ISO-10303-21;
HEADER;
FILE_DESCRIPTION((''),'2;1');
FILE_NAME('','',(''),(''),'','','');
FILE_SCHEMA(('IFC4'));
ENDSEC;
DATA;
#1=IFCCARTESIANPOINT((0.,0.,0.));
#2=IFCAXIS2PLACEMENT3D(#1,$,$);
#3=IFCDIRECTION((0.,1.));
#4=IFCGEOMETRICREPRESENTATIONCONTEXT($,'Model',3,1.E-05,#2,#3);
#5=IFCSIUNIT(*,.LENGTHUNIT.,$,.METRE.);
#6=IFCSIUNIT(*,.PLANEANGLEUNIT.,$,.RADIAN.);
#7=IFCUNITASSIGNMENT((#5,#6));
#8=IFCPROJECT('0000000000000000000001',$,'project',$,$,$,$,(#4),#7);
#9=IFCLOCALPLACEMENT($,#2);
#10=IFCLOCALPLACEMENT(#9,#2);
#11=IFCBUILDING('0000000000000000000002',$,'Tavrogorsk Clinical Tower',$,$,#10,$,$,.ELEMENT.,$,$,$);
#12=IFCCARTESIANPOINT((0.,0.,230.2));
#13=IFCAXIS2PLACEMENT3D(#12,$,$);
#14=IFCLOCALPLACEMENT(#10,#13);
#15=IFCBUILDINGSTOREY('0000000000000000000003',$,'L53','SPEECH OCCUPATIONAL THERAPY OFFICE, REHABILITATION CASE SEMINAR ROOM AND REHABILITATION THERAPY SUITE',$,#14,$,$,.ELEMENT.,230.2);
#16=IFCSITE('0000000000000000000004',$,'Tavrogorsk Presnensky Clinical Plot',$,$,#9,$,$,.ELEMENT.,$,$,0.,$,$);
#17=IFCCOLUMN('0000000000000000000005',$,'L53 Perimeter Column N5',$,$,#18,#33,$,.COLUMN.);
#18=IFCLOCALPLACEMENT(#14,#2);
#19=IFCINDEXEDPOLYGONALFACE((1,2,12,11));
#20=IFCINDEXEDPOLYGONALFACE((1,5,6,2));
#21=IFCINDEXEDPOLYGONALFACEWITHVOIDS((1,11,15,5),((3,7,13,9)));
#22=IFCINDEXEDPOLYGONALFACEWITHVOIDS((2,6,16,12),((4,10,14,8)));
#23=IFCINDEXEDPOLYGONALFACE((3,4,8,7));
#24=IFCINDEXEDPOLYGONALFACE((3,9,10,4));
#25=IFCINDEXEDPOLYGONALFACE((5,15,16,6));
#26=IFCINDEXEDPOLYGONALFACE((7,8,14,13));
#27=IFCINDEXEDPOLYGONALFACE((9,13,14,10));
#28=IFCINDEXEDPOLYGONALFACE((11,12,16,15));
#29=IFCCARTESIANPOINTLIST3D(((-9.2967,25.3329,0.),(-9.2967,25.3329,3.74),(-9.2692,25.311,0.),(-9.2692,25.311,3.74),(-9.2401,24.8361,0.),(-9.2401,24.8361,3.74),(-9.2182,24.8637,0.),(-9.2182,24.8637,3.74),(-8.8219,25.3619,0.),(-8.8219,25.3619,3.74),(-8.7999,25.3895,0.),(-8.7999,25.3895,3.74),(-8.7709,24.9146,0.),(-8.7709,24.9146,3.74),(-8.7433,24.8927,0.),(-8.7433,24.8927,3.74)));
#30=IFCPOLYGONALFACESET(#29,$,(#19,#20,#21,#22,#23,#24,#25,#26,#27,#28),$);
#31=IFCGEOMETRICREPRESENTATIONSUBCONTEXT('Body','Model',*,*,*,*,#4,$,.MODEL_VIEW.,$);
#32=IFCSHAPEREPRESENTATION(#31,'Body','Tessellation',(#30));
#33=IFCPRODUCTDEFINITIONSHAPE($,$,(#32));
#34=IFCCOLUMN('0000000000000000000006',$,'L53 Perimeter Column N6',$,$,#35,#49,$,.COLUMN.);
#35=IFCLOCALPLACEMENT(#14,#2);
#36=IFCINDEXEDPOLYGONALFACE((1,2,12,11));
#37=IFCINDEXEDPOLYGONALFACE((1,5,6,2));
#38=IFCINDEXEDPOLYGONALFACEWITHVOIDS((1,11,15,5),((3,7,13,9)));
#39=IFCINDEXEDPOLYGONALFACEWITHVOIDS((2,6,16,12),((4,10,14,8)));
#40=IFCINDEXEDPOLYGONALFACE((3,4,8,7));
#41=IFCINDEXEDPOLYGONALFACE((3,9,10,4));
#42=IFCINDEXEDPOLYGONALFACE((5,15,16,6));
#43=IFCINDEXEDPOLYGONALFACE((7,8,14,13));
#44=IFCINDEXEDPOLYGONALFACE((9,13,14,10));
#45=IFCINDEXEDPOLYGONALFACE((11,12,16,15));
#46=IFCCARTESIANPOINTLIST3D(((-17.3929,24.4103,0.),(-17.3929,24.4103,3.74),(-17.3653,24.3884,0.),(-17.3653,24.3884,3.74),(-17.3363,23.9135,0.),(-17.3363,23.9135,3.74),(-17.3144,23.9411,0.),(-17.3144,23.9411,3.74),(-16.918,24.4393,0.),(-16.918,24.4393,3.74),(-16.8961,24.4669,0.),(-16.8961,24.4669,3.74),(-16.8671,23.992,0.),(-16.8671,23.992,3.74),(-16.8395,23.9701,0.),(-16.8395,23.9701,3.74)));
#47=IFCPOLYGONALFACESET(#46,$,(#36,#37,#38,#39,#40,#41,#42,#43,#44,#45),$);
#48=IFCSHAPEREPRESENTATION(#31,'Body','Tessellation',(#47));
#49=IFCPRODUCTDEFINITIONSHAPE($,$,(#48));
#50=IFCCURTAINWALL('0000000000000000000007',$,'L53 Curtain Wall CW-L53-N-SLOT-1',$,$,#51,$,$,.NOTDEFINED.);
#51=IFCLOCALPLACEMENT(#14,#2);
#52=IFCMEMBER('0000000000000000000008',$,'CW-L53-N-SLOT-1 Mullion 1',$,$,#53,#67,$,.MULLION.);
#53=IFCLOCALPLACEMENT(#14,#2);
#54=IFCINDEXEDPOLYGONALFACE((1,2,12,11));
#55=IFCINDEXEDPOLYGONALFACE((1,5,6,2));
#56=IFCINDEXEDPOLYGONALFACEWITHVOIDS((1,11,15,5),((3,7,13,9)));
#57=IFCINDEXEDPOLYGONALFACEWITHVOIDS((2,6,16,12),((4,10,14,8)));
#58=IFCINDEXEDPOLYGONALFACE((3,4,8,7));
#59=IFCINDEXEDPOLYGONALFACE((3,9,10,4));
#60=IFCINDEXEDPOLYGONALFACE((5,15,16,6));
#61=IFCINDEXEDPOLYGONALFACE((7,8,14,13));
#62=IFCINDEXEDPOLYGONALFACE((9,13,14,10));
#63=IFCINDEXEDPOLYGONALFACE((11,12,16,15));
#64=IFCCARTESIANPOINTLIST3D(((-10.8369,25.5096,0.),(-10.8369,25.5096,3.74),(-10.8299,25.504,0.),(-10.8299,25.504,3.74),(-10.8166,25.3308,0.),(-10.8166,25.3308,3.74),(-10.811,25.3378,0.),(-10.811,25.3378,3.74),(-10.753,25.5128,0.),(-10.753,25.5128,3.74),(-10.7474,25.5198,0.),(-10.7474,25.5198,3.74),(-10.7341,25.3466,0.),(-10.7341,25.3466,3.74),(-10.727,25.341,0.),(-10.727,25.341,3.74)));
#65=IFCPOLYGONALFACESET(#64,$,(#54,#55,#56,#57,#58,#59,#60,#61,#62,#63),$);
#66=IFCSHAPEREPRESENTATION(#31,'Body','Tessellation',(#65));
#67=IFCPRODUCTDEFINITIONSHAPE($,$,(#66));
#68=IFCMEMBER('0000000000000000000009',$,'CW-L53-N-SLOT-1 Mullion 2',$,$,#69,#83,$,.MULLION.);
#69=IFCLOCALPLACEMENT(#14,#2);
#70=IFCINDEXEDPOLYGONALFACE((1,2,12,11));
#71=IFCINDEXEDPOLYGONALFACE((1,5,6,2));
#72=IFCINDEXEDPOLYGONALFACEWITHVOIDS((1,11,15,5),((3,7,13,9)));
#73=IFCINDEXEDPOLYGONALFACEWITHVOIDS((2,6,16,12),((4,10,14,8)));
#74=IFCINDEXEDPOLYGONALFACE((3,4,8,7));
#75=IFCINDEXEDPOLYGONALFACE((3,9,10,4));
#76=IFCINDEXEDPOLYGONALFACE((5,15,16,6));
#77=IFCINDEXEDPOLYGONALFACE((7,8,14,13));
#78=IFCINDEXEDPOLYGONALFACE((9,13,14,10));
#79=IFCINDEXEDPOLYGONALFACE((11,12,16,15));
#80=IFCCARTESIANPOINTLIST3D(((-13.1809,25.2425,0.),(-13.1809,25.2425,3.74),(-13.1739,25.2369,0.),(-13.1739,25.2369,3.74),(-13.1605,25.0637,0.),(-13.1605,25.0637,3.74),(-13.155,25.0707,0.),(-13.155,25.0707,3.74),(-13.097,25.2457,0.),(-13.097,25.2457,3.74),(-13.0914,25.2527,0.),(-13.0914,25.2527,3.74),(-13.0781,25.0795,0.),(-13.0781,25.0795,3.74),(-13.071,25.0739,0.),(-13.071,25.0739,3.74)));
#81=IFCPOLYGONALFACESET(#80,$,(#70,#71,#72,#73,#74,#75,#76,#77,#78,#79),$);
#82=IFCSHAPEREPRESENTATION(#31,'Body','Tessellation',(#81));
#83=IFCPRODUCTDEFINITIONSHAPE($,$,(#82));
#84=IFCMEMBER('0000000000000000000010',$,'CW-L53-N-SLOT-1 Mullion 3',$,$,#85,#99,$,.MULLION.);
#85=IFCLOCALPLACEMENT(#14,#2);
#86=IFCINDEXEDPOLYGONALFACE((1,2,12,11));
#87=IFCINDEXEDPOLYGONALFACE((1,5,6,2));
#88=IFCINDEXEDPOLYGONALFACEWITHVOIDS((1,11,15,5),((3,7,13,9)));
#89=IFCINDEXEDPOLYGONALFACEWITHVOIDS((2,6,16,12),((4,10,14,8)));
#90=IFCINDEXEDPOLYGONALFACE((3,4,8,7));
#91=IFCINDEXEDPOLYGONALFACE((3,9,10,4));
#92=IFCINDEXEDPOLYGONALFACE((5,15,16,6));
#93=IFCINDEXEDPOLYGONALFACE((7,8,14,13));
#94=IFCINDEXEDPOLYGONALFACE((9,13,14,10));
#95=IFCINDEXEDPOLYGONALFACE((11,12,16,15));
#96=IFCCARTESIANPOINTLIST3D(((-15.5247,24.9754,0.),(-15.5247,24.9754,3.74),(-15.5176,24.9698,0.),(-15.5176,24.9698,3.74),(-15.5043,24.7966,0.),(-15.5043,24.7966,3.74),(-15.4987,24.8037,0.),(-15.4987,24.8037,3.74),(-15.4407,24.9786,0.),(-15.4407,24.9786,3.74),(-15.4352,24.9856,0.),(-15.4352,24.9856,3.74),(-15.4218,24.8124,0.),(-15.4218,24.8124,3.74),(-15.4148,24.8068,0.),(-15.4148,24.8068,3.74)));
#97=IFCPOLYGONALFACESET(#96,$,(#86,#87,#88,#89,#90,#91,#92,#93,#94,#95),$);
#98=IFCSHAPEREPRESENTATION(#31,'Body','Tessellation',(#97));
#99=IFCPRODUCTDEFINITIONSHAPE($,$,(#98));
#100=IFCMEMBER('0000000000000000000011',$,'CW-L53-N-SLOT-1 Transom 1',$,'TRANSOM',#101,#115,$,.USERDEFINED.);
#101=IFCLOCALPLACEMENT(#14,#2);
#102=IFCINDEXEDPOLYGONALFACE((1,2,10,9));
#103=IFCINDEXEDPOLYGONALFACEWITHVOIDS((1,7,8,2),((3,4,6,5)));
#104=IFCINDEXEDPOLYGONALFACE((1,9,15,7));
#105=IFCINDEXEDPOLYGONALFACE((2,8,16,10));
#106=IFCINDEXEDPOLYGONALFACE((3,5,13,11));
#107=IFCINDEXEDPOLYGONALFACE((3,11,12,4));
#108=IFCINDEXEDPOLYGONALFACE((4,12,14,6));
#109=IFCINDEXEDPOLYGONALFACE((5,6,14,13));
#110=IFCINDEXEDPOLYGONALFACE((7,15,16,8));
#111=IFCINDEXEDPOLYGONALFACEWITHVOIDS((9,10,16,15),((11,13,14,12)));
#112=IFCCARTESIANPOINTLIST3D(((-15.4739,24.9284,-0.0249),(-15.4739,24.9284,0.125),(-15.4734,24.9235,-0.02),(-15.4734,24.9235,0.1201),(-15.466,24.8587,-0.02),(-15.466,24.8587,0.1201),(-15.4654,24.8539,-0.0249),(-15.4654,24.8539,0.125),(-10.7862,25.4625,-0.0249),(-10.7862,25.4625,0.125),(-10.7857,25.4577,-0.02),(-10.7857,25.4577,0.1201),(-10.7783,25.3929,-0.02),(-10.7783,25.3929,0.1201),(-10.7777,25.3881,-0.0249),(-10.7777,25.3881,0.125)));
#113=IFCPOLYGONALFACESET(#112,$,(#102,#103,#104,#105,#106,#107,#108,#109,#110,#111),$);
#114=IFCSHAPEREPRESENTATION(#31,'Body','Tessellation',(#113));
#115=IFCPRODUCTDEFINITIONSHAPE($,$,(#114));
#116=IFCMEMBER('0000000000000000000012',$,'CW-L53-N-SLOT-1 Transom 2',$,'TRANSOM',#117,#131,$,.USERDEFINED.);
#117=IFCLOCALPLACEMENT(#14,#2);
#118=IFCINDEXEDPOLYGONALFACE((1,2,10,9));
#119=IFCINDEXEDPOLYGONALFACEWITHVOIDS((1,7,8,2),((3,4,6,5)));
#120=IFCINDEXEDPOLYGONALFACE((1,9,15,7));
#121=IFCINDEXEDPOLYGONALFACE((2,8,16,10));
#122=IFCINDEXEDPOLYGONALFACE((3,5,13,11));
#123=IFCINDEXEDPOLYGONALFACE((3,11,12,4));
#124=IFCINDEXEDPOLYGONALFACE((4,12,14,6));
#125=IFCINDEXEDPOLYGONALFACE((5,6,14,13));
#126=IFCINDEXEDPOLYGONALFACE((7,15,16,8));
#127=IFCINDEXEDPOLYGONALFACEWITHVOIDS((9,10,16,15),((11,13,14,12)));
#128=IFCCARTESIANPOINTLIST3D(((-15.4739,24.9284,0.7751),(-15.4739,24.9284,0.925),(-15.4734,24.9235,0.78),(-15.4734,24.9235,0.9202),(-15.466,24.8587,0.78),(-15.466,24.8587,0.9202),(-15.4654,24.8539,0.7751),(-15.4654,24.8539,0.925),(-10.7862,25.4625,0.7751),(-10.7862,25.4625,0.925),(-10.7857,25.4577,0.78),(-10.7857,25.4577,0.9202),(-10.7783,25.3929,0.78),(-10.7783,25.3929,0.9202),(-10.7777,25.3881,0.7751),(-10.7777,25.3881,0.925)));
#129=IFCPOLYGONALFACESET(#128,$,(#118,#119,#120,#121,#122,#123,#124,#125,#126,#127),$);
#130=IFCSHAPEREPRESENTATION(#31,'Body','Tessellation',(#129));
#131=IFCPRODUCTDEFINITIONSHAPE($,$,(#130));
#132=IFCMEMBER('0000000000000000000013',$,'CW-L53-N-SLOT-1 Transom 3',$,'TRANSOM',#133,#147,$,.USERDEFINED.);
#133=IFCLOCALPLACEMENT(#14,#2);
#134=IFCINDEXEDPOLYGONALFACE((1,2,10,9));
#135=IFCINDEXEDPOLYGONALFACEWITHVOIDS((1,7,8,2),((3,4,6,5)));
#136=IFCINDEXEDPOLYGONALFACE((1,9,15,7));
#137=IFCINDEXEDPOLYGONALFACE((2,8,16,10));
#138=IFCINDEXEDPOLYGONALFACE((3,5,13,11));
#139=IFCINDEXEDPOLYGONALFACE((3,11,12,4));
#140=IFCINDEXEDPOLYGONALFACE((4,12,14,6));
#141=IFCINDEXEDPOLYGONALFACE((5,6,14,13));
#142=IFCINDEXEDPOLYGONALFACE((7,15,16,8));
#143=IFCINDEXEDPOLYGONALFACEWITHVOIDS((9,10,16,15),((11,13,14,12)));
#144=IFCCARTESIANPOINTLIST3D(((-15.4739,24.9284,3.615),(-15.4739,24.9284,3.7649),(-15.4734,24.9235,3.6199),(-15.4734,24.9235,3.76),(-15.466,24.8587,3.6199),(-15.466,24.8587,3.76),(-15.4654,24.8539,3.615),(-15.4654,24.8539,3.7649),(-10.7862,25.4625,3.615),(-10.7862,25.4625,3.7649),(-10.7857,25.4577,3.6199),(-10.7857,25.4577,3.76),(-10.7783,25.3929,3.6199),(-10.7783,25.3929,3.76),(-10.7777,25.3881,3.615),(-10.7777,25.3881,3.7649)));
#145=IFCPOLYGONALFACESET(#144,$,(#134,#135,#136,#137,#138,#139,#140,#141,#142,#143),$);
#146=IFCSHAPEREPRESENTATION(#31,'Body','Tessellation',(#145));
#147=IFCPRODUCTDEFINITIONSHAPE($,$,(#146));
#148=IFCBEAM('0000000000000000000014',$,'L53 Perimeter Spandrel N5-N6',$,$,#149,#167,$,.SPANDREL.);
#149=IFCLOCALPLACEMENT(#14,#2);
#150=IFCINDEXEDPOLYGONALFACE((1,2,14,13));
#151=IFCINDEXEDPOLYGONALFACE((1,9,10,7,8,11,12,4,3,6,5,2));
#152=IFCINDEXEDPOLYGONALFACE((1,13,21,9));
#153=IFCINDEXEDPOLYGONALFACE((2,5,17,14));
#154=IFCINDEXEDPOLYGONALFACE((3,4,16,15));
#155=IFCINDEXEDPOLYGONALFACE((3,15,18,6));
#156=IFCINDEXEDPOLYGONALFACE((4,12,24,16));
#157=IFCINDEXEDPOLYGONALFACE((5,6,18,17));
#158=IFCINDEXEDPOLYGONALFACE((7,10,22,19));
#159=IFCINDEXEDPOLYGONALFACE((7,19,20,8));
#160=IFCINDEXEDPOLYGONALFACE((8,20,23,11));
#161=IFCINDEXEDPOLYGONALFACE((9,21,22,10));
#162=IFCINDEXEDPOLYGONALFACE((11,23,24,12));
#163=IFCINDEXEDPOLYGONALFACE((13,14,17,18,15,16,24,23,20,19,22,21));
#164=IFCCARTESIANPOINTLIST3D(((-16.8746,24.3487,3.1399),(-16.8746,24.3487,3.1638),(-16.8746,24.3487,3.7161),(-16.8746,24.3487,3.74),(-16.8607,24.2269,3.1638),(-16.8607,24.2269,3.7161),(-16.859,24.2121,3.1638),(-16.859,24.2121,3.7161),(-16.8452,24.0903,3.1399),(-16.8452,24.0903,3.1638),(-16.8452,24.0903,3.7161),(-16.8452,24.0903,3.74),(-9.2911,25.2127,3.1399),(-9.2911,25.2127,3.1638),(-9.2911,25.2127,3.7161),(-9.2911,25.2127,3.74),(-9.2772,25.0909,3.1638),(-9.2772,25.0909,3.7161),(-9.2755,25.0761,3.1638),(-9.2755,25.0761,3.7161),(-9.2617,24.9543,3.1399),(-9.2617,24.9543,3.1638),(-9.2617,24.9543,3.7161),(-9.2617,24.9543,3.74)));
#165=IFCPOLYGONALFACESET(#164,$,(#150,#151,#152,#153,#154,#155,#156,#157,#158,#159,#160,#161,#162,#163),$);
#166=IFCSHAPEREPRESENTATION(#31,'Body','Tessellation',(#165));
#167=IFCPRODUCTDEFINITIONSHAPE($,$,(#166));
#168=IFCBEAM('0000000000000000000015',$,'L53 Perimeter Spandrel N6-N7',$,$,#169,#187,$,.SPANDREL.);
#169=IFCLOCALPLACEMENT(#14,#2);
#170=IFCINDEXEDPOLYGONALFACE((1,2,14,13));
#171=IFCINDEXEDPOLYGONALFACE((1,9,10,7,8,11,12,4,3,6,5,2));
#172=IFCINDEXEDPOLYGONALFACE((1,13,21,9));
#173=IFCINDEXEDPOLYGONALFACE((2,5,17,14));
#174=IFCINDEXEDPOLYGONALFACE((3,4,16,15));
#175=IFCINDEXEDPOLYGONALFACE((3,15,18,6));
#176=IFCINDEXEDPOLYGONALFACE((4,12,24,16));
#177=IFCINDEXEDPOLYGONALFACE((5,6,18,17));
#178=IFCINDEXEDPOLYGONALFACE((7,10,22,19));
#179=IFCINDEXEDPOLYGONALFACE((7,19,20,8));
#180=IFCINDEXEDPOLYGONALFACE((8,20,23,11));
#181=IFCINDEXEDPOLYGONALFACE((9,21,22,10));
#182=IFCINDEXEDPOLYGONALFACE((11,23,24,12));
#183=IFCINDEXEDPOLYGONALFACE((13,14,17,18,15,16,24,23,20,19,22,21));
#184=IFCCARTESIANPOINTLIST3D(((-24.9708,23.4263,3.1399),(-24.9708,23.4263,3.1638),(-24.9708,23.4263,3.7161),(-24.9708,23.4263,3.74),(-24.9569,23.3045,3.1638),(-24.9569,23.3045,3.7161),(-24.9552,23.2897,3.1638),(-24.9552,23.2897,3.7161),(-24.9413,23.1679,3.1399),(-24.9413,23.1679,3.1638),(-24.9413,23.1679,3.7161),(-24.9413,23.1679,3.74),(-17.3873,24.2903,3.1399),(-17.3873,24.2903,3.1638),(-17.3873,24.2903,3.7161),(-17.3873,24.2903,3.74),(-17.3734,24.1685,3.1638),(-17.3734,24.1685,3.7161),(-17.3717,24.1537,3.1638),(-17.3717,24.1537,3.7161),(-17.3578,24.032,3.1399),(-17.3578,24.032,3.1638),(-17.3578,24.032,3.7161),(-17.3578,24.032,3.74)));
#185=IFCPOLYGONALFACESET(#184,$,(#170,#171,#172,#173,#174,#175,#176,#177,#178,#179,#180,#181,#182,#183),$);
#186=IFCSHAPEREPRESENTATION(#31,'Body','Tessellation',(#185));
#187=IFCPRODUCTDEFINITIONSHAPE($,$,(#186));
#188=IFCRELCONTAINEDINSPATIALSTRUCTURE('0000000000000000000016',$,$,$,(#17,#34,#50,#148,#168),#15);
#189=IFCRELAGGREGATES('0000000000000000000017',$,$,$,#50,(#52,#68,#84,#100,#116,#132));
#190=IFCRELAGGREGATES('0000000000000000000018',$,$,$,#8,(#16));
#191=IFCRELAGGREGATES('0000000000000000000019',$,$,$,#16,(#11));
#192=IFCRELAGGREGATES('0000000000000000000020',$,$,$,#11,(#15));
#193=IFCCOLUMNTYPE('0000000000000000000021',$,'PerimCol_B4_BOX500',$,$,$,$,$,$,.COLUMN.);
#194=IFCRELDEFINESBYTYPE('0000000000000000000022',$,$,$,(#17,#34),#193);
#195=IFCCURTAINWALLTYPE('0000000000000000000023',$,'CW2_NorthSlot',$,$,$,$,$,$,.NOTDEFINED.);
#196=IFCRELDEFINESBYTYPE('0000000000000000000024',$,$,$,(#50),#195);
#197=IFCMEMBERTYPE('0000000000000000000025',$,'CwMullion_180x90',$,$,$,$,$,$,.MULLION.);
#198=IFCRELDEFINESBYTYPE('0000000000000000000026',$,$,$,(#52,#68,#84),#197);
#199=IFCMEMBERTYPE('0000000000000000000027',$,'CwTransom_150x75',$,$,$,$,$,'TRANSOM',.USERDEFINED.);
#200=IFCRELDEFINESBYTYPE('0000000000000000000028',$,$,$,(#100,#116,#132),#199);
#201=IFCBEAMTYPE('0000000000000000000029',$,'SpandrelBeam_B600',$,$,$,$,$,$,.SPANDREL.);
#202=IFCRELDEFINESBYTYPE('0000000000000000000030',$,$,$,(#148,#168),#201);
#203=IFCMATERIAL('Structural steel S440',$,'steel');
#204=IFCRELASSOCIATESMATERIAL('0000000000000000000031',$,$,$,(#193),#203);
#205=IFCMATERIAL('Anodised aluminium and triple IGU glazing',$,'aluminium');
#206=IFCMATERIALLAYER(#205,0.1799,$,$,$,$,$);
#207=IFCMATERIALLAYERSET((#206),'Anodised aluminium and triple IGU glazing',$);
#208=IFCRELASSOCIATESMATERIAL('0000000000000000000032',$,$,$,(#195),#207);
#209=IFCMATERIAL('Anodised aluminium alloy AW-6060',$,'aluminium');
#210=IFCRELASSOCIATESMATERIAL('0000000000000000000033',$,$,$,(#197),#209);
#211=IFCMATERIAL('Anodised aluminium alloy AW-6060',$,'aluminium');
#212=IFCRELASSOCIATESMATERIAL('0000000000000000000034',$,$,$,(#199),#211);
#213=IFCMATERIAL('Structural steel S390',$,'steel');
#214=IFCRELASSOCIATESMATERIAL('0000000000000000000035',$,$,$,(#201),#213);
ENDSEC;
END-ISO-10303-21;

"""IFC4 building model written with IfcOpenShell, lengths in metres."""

from ifc_helpers import new_model, si_unit, direction, frame, origin, origin_2d, place, context, subcontext, project, spatial, hollow_rectangle, i_section, extrude, material, layer, layer_set, material_profile, profile_set, type_object, element, aggregate, save


model = new_model("IFC4")

# Units and contexts
model_context = context("Model", 3, precision=1e-05, world=origin(), true_north=direction((0.0, 1.0)))
body_context = subcontext(model_context, "Body", "Model", "MODEL_VIEW")
ifc_project = project(units=[si_unit("LENGTHUNIT", "METRE"), si_unit("PLANEANGLEUNIT", "RADIAN")], contexts=[model_context])

# Site, building, storey
site_placement = place(None, origin())
site = spatial("IfcSite", under=ifc_project, at=site_placement, Name="Tavrogorsk Presnensky Clinical Plot", CompositionType="ELEMENT", RefElevation=0.0)
building_placement = place(site_placement, origin())
building = spatial("IfcBuilding", under=site, at=building_placement, Name="Tavrogorsk Clinical Tower", CompositionType="ELEMENT")
storey_placement = place(building_placement, frame((0.0, 0.0, 230.2)))
storey = spatial("IfcBuildingStorey", under=building, at=storey_placement, Name="L53", Description="SPEECH OCCUPATIONAL THERAPY OFFICE, REHABILITATION CASE SEMINAR ROOM AND REHABILITATION THERAPY SUITE", CompositionType="ELEMENT", Elevation=230.2)

# Columns
ifc_material_1 = material(Name="Structural steel S440", Category="steel")
ifc_material_profile_1 = material_profile(ifc_material_1, hollow_rectangle(XDim=0.5, YDim=0.5, WallThickness=0.0249, at=origin_2d()), Name="BOX-500x500x25")
ifc_profile_set_1 = profile_set([ifc_material_profile_1], Name="Structural steel S440")
column_type = type_object("IfcColumnType", Name="PerimCol_B4_BOX500", PredefinedType="COLUMN", material=ifc_profile_set_1)
for number, where, z_axis, x_axis, name in (
    (1, (-9.02, 25.1128, 0.0), (0.0, 0.0, 1.0), (0.993572, 0.113203, 0.0), "L53 Perimeter Column N5"),
    (2, (-17.1162, 24.1902, 0.0), (0.0, 0.0, 1.0), (0.993572, 0.113203, 0.0), "L53 Perimeter Column N6"),
):
    element("IfcColumn", number, at=place(storey_placement, frame(where, z_axis=z_axis, x_axis=x_axis)), inside=storey, type_object=column_type, Name=name, PredefinedType="COLUMN", context=body_context, shape_type="SweptSolid", body=[
        extrude(hollow_rectangle(XDim=0.5, YDim=0.5, WallThickness=0.0249, at=origin_2d()), origin(), (0.0, 0.0, 1.0), 3.74),
    ])

# Curtain wall, members
ifc_material_2 = material(Name="Anodised aluminium and triple IGU glazing", Category="aluminium")
ifc_layer_1 = layer(ifc_material_2, 0.1799)
ifc_layer_set_1 = layer_set([ifc_layer_1], Name="Anodised aluminium and triple IGU glazing")
curtain_wall_type = type_object("IfcCurtainWallType", Name="CW2_NorthSlot", PredefinedType="NOTDEFINED", material=ifc_layer_set_1)
curtain_wall_placement = place(storey_placement, origin())
curtain_wall = element("IfcCurtainWall", 3, at=curtain_wall_placement, inside=storey, type_object=curtain_wall_type, Name="L53 Curtain Wall CW-L53-N-SLOT-1", PredefinedType="NOTDEFINED")
ifc_material_3 = material(Name="Anodised aluminium alloy AW-6060", Category="aluminium")
ifc_material_profile_2 = material_profile(ifc_material_3, hollow_rectangle(XDim=0.0901, YDim=0.1799, WallThickness=0.0063, at=origin_2d()), Name="RHS-180x90x6.3")
ifc_profile_set_2 = profile_set([ifc_material_profile_2], Name="Anodised aluminium alloy AW-6060")
member_type_1 = type_object("IfcMemberType", Name="CwMullion_180x90", PredefinedType="MULLION", material=ifc_profile_set_2)
member_1_placement = place(storey_placement, frame((-10.782, 25.4253, 0.0), z_axis=(0.0, 0.0, 1.0), x_axis=(-0.993572, -0.113203, 0.0)))
member_1 = element("IfcMember", 4, at=member_1_placement, type_object=member_type_1, Name="CW-L53-N-SLOT-1 Mullion 1", PredefinedType="MULLION", context=body_context, shape_type="SweptSolid", body=[
    extrude(hollow_rectangle(XDim=0.0901, YDim=0.1799, WallThickness=0.0063, at=origin_2d()), origin(), (0.0, 0.0, 1.0), 3.74),
])
member_2_placement = place(storey_placement, frame((-13.126, 25.1582, 0.0), z_axis=(0.0, 0.0, 1.0), x_axis=(-0.993572, -0.113203, 0.0)))
member_2 = element("IfcMember", 5, at=member_2_placement, type_object=member_type_1, Name="CW-L53-N-SLOT-1 Mullion 2", PredefinedType="MULLION", context=body_context, shape_type="SweptSolid", body=[
    extrude(hollow_rectangle(XDim=0.0901, YDim=0.1799, WallThickness=0.0063, at=origin_2d()), origin(), (0.0, 0.0, 1.0), 3.74),
])
member_3_placement = place(storey_placement, frame((-15.4697, 24.8911, 0.0), z_axis=(0.0, 0.0, 1.0), x_axis=(-0.993572, -0.113203, 0.0)))
member_3 = element("IfcMember", 6, at=member_3_placement, type_object=member_type_1, Name="CW-L53-N-SLOT-1 Mullion 3", PredefinedType="MULLION", context=body_context, shape_type="SweptSolid", body=[
    extrude(hollow_rectangle(XDim=0.0901, YDim=0.1799, WallThickness=0.0063, at=origin_2d()), origin(), (0.0, 0.0, 1.0), 3.74),
])
ifc_material_4 = material(Name="Anodised aluminium alloy AW-6060", Category="aluminium")
ifc_material_profile_3 = material_profile(ifc_material_4, hollow_rectangle(XDim=0.075, YDim=0.1499, WallThickness=0.0049, at=origin_2d()), Name="RHS-150x75x5")
ifc_profile_set_3 = profile_set([ifc_material_profile_3], Name="Anodised aluminium alloy AW-6060")
member_type_2 = type_object("IfcMemberType", Name="CwTransom_150x75", ElementType="TRANSOM", PredefinedType="USERDEFINED", material=ifc_profile_set_3)
member_4_placement = place(storey_placement, frame((-10.782, 25.4253, 0.05), z_axis=(-0.99357, -0.11322, 0.0), x_axis=(0.11322, -0.99357, 0.0)))
member_4 = element("IfcMember", 7, at=member_4_placement, type_object=member_type_2, Name="CW-L53-N-SLOT-1 Transom 1", ObjectType="TRANSOM", PredefinedType="USERDEFINED", context=body_context, shape_type="SweptSolid", body=[
    extrude(hollow_rectangle(XDim=0.075, YDim=0.1499, WallThickness=0.0049, at=origin_2d()), origin(), (0.0, 0.0, 1.0), 4.718),
])
member_5_placement = place(storey_placement, frame((-10.782, 25.4253, 0.8501), z_axis=(-0.99357, -0.11322, 0.0), x_axis=(0.11322, -0.99357, 0.0)))
member_5 = element("IfcMember", 8, at=member_5_placement, type_object=member_type_2, Name="CW-L53-N-SLOT-1 Transom 2", ObjectType="TRANSOM", PredefinedType="USERDEFINED", context=body_context, shape_type="SweptSolid", body=[
    extrude(hollow_rectangle(XDim=0.075, YDim=0.1499, WallThickness=0.0049, at=origin_2d()), origin(), (0.0, 0.0, 1.0), 4.718),
])
member_6_placement = place(storey_placement, frame((-10.782, 25.4253, 3.6899), z_axis=(-0.99357, -0.11322, 0.0), x_axis=(0.11322, -0.99357, 0.0)))
member_6 = element("IfcMember", 9, at=member_6_placement, type_object=member_type_2, Name="CW-L53-N-SLOT-1 Transom 3", ObjectType="TRANSOM", PredefinedType="USERDEFINED", context=body_context, shape_type="SweptSolid", body=[
    extrude(hollow_rectangle(XDim=0.075, YDim=0.1499, WallThickness=0.0049, at=origin_2d()), origin(), (0.0, 0.0, 1.0), 4.718),
])

# Beams
ifc_material_5 = material(Name="Structural steel S390", Category="steel")
ifc_material_profile_4 = material_profile(ifc_material_5, i_section(OverallWidth=0.26, OverallDepth=0.6001, WebThickness=0.0149, FlangeThickness=0.0239, at=origin_2d()), Name="B-600x260x15x24")
ifc_profile_set_4 = profile_set([ifc_material_profile_4], Name="Structural steel S390")
beam_type = type_object("IfcBeamType", Name="SpandrelBeam_B600", PredefinedType="SPANDREL", material=ifc_profile_set_4)
for number, where, z_axis, x_axis, name in (
    (10, (-9.2764, 25.0835, 3.4399), (-0.993572, -0.113201, 0.0), (0.113201, -0.993572, 0.0), "L53 Perimeter Spandrel N5-N6"),
    (11, (-17.3726, 24.1611, 3.4399), (-0.993572, -0.113201, 0.0), (0.113201, -0.993572, 0.0), "L53 Perimeter Spandrel N6-N7"),
):
    element("IfcBeam", number, at=place(storey_placement, frame(where, z_axis=z_axis, x_axis=x_axis)), inside=storey, type_object=beam_type, Name=name, PredefinedType="SPANDREL", context=body_context, shape_type="SweptSolid", body=[
        extrude(i_section(OverallWidth=0.26, OverallDepth=0.6001, WebThickness=0.0149, FlangeThickness=0.0239, at=origin_2d()), origin(), (0.0, 0.0, 1.0), 7.6326),
    ])

aggregate(curtain_wall, [member_1, member_2, member_3, member_4, member_5, member_6])

save(model, "model.ifc")
